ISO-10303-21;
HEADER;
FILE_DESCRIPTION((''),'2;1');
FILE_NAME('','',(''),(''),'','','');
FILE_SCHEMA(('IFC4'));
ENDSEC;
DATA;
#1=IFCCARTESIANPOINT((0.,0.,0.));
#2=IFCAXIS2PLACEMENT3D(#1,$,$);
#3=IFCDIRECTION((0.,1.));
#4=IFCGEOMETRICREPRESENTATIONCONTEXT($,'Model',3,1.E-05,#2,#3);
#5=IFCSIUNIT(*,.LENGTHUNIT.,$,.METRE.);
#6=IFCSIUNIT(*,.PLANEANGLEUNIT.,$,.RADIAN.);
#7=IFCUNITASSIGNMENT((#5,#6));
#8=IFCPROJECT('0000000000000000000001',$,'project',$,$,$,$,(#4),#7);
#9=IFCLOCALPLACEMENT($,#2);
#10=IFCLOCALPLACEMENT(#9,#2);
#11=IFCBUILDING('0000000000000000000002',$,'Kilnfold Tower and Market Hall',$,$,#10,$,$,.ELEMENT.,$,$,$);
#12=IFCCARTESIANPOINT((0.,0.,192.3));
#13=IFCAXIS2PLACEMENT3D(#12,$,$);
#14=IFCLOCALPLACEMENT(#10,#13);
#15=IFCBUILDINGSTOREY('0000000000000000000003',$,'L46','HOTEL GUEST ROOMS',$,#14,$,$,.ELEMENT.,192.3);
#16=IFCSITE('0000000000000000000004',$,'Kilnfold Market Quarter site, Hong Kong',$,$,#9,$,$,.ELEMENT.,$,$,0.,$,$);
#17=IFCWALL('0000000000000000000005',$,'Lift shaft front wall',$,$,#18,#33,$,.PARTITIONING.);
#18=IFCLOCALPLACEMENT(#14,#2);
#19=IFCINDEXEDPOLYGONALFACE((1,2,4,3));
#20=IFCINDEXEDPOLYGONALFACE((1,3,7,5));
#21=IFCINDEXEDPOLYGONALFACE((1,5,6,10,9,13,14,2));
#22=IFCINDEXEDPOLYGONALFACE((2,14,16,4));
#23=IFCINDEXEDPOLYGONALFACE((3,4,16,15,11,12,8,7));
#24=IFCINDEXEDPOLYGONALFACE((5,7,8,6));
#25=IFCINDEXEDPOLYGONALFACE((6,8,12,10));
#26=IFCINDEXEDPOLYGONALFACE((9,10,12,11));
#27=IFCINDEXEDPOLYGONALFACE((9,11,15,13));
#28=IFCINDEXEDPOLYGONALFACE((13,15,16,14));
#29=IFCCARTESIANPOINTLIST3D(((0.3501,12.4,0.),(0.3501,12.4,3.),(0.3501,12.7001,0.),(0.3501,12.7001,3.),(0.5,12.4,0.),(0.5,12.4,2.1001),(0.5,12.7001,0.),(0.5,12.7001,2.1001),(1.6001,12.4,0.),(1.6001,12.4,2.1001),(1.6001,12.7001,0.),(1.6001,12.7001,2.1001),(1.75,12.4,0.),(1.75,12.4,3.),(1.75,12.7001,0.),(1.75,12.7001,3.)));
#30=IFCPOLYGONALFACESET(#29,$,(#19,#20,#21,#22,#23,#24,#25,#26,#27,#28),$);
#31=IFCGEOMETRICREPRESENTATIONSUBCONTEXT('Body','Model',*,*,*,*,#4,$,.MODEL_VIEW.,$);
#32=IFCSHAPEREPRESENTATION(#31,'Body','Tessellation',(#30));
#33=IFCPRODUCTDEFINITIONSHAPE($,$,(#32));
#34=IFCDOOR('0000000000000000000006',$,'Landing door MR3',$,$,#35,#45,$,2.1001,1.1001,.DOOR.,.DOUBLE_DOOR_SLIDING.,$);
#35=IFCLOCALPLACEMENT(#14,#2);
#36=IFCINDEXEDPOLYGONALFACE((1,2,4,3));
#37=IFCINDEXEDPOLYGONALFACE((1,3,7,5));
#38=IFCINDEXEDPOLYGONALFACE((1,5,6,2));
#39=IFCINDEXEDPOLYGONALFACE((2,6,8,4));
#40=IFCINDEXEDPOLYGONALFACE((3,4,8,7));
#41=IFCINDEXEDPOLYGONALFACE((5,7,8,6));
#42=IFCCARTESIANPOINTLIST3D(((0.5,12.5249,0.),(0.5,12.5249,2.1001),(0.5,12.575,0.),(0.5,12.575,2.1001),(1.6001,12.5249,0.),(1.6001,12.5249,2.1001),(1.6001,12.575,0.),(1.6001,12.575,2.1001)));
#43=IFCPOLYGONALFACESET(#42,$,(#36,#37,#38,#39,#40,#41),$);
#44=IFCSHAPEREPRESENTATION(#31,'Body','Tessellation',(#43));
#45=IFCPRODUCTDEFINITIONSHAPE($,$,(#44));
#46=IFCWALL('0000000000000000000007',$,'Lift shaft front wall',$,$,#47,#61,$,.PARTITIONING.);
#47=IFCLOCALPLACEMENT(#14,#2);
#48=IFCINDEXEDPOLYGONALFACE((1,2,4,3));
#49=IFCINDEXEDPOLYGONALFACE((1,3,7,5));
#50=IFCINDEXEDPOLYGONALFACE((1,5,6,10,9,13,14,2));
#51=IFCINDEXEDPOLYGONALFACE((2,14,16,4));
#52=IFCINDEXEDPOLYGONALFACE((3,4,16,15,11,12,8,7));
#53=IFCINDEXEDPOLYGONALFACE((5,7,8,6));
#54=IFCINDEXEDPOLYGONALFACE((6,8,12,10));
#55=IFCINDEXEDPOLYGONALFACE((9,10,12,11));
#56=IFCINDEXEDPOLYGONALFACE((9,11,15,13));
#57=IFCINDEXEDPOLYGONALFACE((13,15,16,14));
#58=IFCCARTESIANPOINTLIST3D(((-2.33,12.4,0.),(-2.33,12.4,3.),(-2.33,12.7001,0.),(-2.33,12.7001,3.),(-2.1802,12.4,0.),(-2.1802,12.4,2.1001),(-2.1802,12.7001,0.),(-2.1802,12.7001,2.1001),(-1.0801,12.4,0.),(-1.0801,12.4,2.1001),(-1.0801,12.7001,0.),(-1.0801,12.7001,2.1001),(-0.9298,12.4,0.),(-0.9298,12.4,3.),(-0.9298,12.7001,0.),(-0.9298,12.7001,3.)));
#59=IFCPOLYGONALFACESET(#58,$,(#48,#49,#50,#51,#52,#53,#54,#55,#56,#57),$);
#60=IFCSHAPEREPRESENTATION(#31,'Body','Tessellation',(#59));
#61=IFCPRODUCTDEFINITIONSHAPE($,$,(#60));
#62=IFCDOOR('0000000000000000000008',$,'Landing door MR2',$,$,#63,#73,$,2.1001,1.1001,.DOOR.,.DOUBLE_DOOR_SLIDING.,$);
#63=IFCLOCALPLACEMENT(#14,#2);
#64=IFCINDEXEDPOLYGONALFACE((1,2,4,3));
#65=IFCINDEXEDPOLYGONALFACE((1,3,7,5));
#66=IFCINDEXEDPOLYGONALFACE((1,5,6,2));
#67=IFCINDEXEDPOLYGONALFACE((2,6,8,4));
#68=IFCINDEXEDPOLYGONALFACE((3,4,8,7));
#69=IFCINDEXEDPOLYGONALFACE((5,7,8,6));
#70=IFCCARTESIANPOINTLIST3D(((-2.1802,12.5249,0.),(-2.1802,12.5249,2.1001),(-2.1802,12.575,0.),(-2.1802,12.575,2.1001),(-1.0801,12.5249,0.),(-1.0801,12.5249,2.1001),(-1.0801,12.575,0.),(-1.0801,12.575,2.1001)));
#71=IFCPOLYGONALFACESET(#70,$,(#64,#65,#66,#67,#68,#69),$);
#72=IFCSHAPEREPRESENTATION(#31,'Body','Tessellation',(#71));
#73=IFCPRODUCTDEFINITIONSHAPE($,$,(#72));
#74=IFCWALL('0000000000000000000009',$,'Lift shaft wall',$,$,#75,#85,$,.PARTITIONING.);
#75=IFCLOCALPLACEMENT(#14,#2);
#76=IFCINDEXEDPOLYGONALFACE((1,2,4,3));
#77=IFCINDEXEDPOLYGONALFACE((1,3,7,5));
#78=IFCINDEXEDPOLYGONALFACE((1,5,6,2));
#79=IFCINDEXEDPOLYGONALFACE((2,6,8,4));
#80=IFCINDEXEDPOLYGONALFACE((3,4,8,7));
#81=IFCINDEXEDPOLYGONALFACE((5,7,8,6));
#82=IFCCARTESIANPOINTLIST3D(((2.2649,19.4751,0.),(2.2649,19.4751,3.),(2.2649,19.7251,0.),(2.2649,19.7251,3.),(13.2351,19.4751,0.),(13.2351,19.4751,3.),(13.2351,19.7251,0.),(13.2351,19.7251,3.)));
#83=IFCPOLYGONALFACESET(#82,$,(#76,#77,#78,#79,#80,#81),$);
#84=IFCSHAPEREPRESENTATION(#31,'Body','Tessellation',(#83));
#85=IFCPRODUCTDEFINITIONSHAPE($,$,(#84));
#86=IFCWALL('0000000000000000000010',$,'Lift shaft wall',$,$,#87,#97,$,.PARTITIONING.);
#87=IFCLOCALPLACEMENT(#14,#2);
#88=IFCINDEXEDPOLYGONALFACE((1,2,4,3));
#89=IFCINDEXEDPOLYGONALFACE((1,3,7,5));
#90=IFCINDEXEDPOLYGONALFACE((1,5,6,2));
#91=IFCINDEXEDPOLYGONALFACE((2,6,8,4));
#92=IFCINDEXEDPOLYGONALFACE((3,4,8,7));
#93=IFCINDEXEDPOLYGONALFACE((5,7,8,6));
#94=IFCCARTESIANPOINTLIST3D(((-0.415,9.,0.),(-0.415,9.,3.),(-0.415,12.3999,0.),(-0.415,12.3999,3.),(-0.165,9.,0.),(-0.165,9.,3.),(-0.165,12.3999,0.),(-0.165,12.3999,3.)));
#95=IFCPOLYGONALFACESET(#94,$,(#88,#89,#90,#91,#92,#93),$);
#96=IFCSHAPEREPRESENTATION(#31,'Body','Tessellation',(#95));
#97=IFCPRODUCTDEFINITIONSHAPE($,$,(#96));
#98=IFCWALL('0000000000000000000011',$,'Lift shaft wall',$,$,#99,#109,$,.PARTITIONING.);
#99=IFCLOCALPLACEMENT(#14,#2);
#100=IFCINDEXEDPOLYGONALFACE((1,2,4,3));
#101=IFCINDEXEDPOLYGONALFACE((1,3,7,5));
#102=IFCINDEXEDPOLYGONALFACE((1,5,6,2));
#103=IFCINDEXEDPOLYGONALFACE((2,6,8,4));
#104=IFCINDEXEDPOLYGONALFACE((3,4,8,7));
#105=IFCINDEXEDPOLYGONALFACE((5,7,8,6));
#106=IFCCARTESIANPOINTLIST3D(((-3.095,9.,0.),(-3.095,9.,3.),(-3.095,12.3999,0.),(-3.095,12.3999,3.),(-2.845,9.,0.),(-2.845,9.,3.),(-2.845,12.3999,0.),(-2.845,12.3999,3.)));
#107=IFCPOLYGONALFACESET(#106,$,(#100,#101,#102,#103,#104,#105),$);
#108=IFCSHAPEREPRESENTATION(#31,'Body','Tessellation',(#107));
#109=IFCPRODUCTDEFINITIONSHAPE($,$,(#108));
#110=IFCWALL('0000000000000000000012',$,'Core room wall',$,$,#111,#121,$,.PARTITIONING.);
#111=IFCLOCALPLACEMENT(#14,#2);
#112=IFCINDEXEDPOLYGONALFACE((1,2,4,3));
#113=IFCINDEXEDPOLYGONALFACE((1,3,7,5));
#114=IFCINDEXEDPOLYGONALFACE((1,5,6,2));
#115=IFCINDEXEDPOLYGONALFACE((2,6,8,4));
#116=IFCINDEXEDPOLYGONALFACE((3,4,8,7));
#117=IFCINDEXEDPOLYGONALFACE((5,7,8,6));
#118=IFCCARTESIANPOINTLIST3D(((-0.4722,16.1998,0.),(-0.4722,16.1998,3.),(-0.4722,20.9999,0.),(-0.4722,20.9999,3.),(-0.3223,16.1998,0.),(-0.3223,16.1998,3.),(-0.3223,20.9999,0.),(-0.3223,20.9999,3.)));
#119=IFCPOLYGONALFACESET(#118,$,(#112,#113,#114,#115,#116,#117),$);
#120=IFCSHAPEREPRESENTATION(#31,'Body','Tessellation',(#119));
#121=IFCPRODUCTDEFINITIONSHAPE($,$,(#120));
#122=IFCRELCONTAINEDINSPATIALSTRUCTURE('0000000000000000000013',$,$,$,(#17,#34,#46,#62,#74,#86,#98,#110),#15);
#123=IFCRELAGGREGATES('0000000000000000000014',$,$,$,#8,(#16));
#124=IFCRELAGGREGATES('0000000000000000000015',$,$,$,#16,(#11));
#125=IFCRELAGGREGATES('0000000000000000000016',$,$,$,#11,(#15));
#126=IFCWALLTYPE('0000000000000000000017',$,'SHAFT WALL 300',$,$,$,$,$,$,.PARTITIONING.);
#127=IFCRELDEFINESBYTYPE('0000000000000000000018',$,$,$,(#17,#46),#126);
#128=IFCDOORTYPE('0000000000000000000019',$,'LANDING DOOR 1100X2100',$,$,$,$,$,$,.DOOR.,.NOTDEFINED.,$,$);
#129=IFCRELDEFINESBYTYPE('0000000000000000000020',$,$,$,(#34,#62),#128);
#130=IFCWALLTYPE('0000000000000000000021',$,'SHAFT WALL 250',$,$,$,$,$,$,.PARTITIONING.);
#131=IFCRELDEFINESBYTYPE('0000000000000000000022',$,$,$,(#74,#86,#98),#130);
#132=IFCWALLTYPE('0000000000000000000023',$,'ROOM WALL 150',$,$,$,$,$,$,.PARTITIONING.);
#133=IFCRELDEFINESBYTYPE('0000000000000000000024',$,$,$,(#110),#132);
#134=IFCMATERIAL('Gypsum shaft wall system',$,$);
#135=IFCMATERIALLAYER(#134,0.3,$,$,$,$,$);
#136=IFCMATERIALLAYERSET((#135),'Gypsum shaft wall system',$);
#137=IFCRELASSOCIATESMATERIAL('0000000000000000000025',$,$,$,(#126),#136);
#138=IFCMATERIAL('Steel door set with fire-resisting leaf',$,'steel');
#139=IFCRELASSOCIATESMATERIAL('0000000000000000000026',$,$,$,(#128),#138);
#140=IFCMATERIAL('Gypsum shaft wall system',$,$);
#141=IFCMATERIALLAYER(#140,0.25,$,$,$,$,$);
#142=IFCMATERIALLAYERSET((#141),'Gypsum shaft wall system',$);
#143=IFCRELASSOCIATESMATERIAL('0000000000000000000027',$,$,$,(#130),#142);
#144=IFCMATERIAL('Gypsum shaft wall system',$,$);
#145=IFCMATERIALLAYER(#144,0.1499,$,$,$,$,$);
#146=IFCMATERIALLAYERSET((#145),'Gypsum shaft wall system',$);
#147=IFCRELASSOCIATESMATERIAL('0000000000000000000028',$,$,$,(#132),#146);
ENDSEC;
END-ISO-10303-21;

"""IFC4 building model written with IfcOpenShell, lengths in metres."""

from ifc_helpers import new_model, si_unit, direction, frame, frame_2d, origin, place, context, subcontext, project, spatial, rectangle, extrude, source, transform, mapped, material, layer, layer_set, type_object, element, fill, save


model = new_model("IFC4")

# Units and contexts
model_context = context("Model", 3, precision=1e-05, world=origin(), true_north=direction((0.0, 1.0)))
body_context = subcontext(model_context, "Body", "Model", "MODEL_VIEW")
ifc_project = project(units=[si_unit("LENGTHUNIT", "METRE"), si_unit("PLANEANGLEUNIT", "RADIAN")], contexts=[model_context])

# Site, building, storey
site_placement = place(None, origin())
site = spatial("IfcSite", under=ifc_project, at=site_placement, Name="Kilnfold Market Quarter site, Hong Kong", CompositionType="ELEMENT", RefElevation=0.0)
building_placement = place(site_placement, origin())
building = spatial("IfcBuilding", under=site, at=building_placement, Name="Kilnfold Tower and Market Hall", CompositionType="ELEMENT")
storey_placement = place(building_placement, frame((0.0, 0.0, 192.3)))
storey = spatial("IfcBuildingStorey", under=building, at=storey_placement, Name="L46", Description="HOTEL GUEST ROOMS", CompositionType="ELEMENT", Elevation=192.3)

# Walls, openings, doors
ifc_material_1 = material(Name="Gypsum shaft wall system")
ifc_layer_1 = layer(ifc_material_1, 0.3)
ifc_layer_set_1 = layer_set([ifc_layer_1], Name="Gypsum shaft wall system")
wall_type_1 = type_object("IfcWallType", Name="SHAFT WALL 300", PredefinedType="PARTITIONING", material=ifc_layer_set_1)
shared_shape_1 = source(origin(), body_context, "Body", "SweptSolid", [
    extrude(rectangle(XDim=1.3999, YDim=0.3, at=frame_2d((0.7, 0.0))), origin(), (0.0, 0.0, 1.0), 3.0),
])
ifc_material_2 = material(Name="Steel door set with fire-resisting leaf", Category="steel")
door_type = type_object("IfcDoorType", Name="LANDING DOOR 1100X2100", OperationType="NOTDEFINED", PredefinedType="DOOR", material=ifc_material_2)
wall_1_placement = place(storey_placement, frame((0.3501, 12.55, 0.0), z_axis=(0.0, 0.0, 1.0), x_axis=(1.0, 0.0, 0.0)))
wall_1 = element("IfcWall", 1, at=wall_1_placement, inside=storey, type_object=wall_type_1, Name="Lift shaft front wall", PredefinedType="PARTITIONING", context=body_context, shape_type="MappedRepresentation", body=[
    mapped(shared_shape_1, transform((0.0, 0.0, 0.0))),
])
opening_1_placement = place(wall_1_placement, frame((0.1499, 0.0, 0.0)))
opening_1 = element("IfcOpeningElement", 2, at=opening_1_placement, cuts=wall_1, PredefinedType="OPENING", context=body_context, shape_type="SweptSolid", body=[
    extrude(rectangle(XDim=1.1001, YDim=2.1001, at=frame_2d((0.55, 1.05))), frame((0.0, 0.1602, 0.0), z_axis=(0.0, -1.0, 0.0), x_axis=(1.0, 0.0, 0.0)), (0.0, 0.0, 1.0), 0.3201),
])
door_1_placement = place(opening_1_placement, origin())
door_1 = element("IfcDoor", 3, at=door_1_placement, inside=storey, type_object=door_type, Name="Landing door MR3", OperationType="DOUBLE_DOOR_SLIDING", OverallHeight=2.1001, OverallWidth=1.1001, PredefinedType="DOOR", context=body_context, shape_type="SweptSolid", body=[
    extrude(rectangle(XDim=1.1001, YDim=2.1001, at=frame_2d((0.55, 1.05))), frame((0.0, 0.0249, 0.0), z_axis=(0.0, -1.0, 0.0), x_axis=(1.0, 0.0, 0.0)), (0.0, 0.0, 1.0), 0.05),
])
fill(opening_1, door_1)
shared_shape_2 = source(origin(), body_context, "Body", "SweptSolid", [
    extrude(rectangle(XDim=1.4001, YDim=0.3, at=frame_2d((0.7002, 0.0))), origin(), (0.0, 0.0, 1.0), 3.0),
])
wall_2_placement = place(storey_placement, frame((-2.3301, 12.55, 0.0), z_axis=(0.0, 0.0, 1.0), x_axis=(1.0, 0.0, 0.0)))
wall_2 = element("IfcWall", 4, at=wall_2_placement, inside=storey, type_object=wall_type_1, Name="Lift shaft front wall", PredefinedType="PARTITIONING", context=body_context, shape_type="MappedRepresentation", body=[
    mapped(shared_shape_2, transform((0.0, 0.0, 0.0))),
])
opening_2_placement = place(wall_2_placement, frame((0.1499, 0.0, 0.0)))
opening_2 = element("IfcOpeningElement", 5, at=opening_2_placement, cuts=wall_2, PredefinedType="OPENING", context=body_context, shape_type="SweptSolid", body=[
    extrude(rectangle(XDim=1.1001, YDim=2.1001, at=frame_2d((0.55, 1.05))), frame((0.0, 0.1602, 0.0), z_axis=(0.0, -1.0, 0.0), x_axis=(1.0, 0.0, 0.0)), (0.0, 0.0, 1.0), 0.3201),
])
door_2_placement = place(opening_2_placement, origin())
door_2 = element("IfcDoor", 6, at=door_2_placement, inside=storey, type_object=door_type, Name="Landing door MR2", OperationType="DOUBLE_DOOR_SLIDING", OverallHeight=2.1001, OverallWidth=1.1001, PredefinedType="DOOR", context=body_context, shape_type="SweptSolid", body=[
    extrude(rectangle(XDim=1.1001, YDim=2.1001, at=frame_2d((0.55, 1.05))), frame((0.0, 0.0249, 0.0), z_axis=(0.0, -1.0, 0.0), x_axis=(1.0, 0.0, 0.0)), (0.0, 0.0, 1.0), 0.05),
])
fill(opening_2, door_2)

# Walls
ifc_material_3 = material(Name="Gypsum shaft wall system")
ifc_layer_2 = layer(ifc_material_3, 0.25)
ifc_layer_set_2 = layer_set([ifc_layer_2], Name="Gypsum shaft wall system")
wall_type_2 = type_object("IfcWallType", Name="SHAFT WALL 250", PredefinedType="PARTITIONING", material=ifc_layer_set_2)
shared_shape_3 = source(origin(), body_context, "Body", "SweptSolid", [
    extrude(rectangle(XDim=10.9702, YDim=0.25, at=frame_2d((5.4851, 0.0))), origin(), (0.0, 0.0, 1.0), 3.0),
])
wall_3_placement = place(storey_placement, frame((2.2649, 19.6001, 0.0), z_axis=(0.0, 0.0, 1.0), x_axis=(1.0, 0.0, 0.0)))
element("IfcWall", 7, at=wall_3_placement, inside=storey, type_object=wall_type_2, Name="Lift shaft wall", PredefinedType="PARTITIONING", context=body_context, shape_type="MappedRepresentation", body=[
    mapped(shared_shape_3, transform((0.0, 0.0, 0.0))),
])
shared_shape_4 = source(origin(), body_context, "Body", "SweptSolid", [
    extrude(rectangle(XDim=3.3999, YDim=0.25, at=frame_2d((1.7, 0.0))), origin(), (0.0, 0.0, 1.0), 3.0),
])
for number, where, z_axis, x_axis, name in (
    (8, (-0.29, 9.0, 0.0), (0.0, 0.0, 1.0), (0.0, 1.0, 0.0), "Lift shaft wall"),
    (9, (-2.97, 9.0, 0.0), (0.0, 0.0, 1.0), (0.0, 1.0, 0.0), "Lift shaft wall"),
):
    element("IfcWall", number, at=place(storey_placement, frame(where, z_axis=z_axis, x_axis=x_axis)), inside=storey, type_object=wall_type_2, Name=name, PredefinedType="PARTITIONING", context=body_context, shape_type="MappedRepresentation", body=[
        mapped(shared_shape_4, transform((0.0, 0.0, 0.0))),
    ])
ifc_material_4 = material(Name="Gypsum shaft wall system")
ifc_layer_3 = layer(ifc_material_4, 0.1499)
ifc_layer_set_3 = layer_set([ifc_layer_3], Name="Gypsum shaft wall system")
wall_type_3 = type_object("IfcWallType", Name="ROOM WALL 150", PredefinedType="PARTITIONING", material=ifc_layer_set_3)
shared_shape_5 = source(origin(), body_context, "Body", "SweptSolid", [
    extrude(rectangle(XDim=4.8, YDim=0.1499, at=frame_2d((2.3999, 0.0))), origin(), (0.0, 0.0, 1.0), 3.0),
])
wall_4_placement = place(storey_placement, frame((-0.3972, 16.2, 0.0), z_axis=(0.0, 0.0, 1.0), x_axis=(0.0, 1.0, 0.0)))
element("IfcWall", 10, at=wall_4_placement, inside=storey, type_object=wall_type_3, Name="Core room wall", PredefinedType="PARTITIONING", context=body_context, shape_type="MappedRepresentation", body=[
    mapped(shared_shape_5, transform((0.0, 0.0, 0.0))),
])

save(model, "model.ifc")
